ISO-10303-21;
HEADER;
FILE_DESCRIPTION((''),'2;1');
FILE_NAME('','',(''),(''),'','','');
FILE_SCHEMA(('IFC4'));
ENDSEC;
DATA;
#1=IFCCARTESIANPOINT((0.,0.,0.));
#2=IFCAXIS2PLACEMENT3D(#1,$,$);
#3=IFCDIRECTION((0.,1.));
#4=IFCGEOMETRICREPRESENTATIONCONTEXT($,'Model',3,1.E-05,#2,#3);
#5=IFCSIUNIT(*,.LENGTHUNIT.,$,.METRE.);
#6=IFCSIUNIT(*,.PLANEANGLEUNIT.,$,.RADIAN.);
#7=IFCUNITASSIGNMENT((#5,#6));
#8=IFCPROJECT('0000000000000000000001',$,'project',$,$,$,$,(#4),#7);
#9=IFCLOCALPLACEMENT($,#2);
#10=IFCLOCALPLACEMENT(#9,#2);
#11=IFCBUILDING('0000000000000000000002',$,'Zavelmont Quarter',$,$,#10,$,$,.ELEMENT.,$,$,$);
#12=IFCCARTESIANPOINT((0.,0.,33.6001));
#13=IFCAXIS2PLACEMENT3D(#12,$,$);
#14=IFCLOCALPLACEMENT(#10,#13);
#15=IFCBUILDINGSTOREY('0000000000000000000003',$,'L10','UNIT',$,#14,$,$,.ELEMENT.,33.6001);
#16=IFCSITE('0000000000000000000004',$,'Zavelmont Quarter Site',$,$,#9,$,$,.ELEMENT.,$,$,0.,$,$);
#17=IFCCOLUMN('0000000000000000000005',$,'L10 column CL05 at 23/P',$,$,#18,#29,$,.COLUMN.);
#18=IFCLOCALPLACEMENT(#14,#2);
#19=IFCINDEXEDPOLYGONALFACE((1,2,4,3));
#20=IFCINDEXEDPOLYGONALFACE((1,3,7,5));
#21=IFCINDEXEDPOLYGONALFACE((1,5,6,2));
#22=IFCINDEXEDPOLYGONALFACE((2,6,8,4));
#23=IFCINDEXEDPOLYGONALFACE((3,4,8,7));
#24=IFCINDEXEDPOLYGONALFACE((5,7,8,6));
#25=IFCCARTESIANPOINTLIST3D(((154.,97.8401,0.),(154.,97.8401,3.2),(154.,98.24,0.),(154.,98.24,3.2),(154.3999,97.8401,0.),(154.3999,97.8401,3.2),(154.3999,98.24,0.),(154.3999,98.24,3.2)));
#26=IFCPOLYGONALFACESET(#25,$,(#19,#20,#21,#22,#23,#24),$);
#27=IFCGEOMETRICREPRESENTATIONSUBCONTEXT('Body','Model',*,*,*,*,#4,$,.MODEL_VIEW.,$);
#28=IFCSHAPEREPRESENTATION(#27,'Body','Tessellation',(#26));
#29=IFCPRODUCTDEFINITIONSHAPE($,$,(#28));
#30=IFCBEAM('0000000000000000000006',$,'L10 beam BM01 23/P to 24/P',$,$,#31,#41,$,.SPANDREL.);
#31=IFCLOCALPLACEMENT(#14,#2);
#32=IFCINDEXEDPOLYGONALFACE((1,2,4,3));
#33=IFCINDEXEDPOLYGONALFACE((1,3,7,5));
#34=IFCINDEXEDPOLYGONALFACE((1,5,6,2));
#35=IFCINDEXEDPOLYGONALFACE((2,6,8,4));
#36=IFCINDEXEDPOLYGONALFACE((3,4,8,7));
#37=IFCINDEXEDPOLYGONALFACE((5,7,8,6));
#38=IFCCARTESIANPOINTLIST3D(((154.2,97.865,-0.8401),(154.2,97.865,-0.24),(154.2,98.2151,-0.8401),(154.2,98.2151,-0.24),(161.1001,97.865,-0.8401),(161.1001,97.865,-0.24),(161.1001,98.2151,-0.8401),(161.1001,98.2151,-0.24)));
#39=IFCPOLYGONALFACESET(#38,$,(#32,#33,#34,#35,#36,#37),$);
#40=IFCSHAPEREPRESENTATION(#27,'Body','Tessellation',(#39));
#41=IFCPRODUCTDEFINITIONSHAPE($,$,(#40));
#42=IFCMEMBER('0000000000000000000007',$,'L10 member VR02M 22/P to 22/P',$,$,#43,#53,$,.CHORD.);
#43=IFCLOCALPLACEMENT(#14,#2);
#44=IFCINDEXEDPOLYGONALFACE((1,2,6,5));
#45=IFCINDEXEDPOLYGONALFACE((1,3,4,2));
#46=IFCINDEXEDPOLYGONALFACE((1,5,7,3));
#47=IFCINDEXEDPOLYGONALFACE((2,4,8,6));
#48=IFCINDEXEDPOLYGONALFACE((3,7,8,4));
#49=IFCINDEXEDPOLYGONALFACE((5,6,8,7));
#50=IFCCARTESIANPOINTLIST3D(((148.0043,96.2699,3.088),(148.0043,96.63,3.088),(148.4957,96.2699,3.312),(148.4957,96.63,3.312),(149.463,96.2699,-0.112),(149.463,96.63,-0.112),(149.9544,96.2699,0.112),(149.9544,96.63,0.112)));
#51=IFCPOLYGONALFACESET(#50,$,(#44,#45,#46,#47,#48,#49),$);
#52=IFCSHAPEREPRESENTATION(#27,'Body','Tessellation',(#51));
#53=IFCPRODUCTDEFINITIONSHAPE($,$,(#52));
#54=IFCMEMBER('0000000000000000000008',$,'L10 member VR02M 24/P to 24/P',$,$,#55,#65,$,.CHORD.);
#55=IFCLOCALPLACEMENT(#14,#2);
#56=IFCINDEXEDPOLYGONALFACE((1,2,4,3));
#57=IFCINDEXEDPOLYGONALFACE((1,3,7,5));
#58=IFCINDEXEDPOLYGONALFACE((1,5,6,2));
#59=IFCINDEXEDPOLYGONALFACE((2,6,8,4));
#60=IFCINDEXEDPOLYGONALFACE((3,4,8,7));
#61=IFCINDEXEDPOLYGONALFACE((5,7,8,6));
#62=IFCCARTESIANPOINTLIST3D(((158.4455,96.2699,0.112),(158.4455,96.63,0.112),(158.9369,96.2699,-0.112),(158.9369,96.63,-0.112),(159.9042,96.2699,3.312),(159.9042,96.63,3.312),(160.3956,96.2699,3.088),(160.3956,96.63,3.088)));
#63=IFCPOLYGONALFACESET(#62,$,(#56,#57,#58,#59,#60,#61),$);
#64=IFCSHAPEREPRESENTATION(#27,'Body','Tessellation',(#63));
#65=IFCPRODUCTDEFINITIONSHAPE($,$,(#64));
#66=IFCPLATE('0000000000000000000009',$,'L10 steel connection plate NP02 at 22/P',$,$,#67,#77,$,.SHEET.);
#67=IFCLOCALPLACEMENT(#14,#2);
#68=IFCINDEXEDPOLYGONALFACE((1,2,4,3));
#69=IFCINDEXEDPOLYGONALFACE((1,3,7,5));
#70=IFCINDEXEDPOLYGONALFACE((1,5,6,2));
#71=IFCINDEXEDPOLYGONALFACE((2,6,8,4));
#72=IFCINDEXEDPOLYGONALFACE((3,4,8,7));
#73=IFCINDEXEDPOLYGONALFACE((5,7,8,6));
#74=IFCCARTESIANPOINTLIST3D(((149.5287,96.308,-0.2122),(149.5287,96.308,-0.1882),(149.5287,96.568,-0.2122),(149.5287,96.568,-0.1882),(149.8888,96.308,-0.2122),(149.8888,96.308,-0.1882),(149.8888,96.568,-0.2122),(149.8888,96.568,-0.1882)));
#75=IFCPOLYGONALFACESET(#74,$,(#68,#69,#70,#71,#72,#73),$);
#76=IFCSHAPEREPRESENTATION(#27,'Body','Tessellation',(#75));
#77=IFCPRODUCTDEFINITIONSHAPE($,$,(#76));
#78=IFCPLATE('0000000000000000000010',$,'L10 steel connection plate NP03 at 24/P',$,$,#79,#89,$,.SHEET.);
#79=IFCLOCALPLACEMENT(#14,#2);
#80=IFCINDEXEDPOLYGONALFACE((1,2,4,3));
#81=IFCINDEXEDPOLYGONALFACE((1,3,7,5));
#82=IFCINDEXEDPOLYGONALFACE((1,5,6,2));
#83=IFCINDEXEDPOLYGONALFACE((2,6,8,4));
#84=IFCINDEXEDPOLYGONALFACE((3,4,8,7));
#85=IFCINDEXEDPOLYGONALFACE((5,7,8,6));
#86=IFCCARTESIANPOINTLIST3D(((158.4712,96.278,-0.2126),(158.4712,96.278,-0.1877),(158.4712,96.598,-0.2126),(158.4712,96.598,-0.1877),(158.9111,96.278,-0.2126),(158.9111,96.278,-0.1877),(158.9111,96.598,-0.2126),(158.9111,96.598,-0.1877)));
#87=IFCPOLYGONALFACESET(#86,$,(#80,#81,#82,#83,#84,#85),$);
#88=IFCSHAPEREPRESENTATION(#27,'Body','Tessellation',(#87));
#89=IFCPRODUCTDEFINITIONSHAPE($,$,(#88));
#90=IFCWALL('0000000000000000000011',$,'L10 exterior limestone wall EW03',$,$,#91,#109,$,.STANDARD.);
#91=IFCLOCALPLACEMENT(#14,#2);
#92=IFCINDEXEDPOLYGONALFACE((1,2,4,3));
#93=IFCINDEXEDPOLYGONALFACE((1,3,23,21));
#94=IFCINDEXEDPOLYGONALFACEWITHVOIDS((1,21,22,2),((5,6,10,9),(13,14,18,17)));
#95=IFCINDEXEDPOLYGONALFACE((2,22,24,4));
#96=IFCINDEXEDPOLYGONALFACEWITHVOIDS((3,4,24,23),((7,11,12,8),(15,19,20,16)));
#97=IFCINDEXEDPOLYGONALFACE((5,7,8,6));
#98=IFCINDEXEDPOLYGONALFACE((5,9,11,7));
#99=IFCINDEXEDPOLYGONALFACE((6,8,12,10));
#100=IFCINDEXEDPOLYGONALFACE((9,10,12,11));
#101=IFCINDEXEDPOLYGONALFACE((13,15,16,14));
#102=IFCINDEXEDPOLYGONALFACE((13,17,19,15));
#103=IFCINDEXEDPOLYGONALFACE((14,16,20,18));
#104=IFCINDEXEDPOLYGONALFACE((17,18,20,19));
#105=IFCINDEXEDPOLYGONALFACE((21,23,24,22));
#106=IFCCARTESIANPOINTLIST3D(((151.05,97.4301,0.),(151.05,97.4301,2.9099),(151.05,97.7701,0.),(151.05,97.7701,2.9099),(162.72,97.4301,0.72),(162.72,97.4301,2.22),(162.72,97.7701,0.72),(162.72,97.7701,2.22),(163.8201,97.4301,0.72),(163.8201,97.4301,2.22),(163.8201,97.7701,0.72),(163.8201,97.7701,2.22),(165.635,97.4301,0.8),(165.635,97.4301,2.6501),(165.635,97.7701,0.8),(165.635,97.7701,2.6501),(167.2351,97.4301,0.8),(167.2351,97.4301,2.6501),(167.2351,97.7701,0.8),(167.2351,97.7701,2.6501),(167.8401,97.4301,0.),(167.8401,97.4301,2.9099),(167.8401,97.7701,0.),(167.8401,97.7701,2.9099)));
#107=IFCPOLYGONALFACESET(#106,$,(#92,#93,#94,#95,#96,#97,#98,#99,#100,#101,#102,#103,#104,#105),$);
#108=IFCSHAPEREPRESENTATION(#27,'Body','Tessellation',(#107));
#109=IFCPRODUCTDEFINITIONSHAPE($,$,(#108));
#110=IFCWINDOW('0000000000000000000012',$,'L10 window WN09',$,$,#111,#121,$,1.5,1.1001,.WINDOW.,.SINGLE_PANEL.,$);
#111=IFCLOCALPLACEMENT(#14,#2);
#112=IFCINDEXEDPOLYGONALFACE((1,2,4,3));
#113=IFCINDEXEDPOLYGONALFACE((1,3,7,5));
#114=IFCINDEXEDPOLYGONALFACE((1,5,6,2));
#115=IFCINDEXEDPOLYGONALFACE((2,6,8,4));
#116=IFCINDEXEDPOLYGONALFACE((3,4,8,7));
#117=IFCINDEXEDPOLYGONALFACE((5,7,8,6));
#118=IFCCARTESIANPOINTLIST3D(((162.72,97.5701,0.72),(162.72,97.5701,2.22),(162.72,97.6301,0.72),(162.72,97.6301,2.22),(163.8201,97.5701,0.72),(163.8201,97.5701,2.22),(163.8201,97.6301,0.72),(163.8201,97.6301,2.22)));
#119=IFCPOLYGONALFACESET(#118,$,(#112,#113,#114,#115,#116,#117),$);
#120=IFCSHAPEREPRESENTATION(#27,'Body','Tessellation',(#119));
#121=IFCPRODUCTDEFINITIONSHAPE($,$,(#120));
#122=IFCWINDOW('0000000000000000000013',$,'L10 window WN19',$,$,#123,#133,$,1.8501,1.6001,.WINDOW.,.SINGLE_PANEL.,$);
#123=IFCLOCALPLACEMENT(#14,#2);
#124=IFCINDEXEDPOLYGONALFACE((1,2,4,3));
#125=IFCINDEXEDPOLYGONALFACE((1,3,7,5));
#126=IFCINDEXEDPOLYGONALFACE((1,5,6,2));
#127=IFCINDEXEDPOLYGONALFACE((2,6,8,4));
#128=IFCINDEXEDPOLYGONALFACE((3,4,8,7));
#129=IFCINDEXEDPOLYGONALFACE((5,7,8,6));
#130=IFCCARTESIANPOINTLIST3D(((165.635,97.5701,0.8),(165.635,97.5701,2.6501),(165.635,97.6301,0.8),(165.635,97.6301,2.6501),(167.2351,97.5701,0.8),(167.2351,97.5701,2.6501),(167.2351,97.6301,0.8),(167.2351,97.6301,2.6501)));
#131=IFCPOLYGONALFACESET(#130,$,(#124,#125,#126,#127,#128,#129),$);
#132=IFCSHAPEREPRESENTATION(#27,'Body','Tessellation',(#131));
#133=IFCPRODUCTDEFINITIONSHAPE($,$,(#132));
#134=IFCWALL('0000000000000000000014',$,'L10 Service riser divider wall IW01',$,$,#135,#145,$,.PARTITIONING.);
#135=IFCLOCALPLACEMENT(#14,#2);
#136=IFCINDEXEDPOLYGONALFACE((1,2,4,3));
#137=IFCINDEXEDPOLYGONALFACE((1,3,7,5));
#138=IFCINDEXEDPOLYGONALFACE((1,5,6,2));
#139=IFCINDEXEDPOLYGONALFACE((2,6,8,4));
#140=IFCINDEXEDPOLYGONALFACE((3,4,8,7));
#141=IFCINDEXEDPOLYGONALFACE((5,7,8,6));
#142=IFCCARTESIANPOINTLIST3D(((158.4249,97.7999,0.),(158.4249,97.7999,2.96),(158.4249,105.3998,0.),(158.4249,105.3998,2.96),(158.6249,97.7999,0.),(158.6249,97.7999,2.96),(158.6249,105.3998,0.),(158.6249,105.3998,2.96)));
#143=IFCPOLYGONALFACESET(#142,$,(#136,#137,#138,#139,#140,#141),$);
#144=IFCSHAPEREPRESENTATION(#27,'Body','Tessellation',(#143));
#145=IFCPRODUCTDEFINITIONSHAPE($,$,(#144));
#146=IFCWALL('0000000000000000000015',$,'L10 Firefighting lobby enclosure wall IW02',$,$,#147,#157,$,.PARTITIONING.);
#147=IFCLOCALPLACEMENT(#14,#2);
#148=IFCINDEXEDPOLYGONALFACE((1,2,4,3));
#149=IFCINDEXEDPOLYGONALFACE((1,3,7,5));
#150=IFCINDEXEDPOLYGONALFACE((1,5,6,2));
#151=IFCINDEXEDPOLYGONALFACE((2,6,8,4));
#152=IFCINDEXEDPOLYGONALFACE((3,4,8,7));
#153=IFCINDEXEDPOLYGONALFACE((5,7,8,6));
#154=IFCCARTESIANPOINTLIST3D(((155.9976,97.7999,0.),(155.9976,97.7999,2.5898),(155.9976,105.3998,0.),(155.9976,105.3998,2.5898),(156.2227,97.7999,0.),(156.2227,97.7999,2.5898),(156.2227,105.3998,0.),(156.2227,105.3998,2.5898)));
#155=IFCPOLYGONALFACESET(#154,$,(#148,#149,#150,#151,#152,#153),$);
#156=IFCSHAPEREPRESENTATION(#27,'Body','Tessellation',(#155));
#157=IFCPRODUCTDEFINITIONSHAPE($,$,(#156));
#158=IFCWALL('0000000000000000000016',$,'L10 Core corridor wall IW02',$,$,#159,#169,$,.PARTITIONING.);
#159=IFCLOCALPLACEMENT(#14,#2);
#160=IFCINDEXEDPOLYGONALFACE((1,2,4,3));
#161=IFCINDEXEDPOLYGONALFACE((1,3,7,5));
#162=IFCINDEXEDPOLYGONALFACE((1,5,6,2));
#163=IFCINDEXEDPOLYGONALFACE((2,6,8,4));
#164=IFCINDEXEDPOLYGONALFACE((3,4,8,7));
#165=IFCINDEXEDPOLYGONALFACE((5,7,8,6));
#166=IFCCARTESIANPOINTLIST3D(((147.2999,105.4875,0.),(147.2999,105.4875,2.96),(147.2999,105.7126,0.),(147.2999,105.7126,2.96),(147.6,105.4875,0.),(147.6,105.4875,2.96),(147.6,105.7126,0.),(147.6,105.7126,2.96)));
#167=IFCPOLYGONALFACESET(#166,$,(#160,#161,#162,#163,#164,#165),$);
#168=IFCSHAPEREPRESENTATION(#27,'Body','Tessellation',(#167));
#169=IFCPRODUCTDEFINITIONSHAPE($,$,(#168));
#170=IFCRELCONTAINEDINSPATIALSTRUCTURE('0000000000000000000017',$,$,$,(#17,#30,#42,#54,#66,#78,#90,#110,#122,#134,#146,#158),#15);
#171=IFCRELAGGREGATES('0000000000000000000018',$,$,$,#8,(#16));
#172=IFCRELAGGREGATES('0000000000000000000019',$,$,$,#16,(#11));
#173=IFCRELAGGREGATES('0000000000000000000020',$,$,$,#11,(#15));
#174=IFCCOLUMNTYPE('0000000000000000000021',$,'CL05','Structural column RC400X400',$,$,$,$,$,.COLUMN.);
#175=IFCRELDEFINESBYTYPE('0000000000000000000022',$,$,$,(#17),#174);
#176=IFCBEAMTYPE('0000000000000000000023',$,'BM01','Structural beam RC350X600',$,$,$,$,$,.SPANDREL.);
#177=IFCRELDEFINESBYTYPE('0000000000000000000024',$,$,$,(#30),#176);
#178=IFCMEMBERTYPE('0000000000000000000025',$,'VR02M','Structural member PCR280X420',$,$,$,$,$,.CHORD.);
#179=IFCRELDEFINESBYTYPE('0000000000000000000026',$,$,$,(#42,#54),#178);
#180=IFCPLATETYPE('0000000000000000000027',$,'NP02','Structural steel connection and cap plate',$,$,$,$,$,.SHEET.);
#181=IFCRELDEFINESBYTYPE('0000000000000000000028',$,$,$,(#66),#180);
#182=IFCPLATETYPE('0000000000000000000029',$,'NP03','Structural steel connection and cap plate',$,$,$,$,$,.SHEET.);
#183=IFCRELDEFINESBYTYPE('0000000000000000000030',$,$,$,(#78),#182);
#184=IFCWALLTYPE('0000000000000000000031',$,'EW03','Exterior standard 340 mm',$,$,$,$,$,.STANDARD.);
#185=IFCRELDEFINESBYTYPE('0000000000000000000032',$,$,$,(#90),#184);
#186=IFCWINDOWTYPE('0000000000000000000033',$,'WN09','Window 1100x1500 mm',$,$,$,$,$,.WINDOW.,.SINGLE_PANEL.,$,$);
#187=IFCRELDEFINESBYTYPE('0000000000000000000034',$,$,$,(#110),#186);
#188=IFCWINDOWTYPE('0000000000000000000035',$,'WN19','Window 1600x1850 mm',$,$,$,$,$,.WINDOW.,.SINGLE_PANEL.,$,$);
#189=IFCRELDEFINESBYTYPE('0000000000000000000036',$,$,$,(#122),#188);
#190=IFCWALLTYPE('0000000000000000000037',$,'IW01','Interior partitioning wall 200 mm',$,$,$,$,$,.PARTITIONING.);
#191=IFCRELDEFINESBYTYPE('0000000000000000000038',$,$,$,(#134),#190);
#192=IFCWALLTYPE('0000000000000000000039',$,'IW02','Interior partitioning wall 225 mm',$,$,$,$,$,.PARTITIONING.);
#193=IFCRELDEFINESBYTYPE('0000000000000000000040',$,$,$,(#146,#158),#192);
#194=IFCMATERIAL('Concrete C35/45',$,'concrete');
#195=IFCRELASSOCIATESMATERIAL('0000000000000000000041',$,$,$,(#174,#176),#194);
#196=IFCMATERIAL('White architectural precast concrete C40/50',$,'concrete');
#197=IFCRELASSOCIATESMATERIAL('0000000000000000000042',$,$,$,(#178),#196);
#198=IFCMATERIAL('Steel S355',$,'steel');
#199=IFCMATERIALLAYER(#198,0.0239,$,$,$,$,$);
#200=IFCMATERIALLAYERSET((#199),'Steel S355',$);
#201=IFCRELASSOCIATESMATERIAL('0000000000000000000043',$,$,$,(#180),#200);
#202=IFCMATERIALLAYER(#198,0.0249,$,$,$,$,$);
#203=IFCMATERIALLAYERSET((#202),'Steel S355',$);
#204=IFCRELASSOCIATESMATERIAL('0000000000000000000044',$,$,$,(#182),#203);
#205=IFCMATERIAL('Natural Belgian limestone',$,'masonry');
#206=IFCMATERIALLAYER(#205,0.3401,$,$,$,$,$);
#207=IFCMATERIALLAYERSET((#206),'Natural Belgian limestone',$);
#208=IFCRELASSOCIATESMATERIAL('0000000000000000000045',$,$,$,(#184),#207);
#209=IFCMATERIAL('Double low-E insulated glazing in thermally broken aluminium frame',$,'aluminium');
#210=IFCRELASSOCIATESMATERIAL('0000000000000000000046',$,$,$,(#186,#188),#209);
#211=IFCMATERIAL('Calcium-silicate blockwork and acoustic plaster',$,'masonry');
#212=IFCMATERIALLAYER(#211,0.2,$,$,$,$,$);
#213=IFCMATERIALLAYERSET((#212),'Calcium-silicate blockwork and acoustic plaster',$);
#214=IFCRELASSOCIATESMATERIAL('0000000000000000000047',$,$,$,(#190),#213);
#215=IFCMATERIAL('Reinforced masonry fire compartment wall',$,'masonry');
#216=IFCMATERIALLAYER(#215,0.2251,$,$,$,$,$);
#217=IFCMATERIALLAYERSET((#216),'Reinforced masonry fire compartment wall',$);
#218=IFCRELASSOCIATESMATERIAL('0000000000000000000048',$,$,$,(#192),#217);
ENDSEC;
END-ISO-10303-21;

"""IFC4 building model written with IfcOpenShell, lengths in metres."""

from ifc_helpers import new_model, si_unit, direction, frame, frame_2d, origin, origin_with_axes, origin_2d, place, context, subcontext, project, spatial, rectangle, extrude, material, layer, layer_set, material_profile, profile_set, type_object, element, fill, save


model = new_model("IFC4")

# Units and contexts
model_context = context("Model", 3, precision=1e-05, world=origin(), true_north=direction((0.0, 1.0)))
body_context = subcontext(model_context, "Body", "Model", "MODEL_VIEW")
ifc_project = project(units=[si_unit("LENGTHUNIT", "METRE"), si_unit("PLANEANGLEUNIT", "RADIAN")], contexts=[model_context])

# Site, building, storey
site_placement = place(None, origin())
site = spatial("IfcSite", under=ifc_project, at=site_placement, Name="Zavelmont Quarter Site", CompositionType="ELEMENT", RefElevation=0.0)
building_placement = place(site_placement, origin())
building = spatial("IfcBuilding", under=site, at=building_placement, Name="Zavelmont Quarter", CompositionType="ELEMENT")
storey_placement = place(building_placement, frame((0.0, 0.0, 33.6001)))
storey = spatial("IfcBuildingStorey", under=building, at=storey_placement, Name="L10", Description="UNIT", CompositionType="ELEMENT", Elevation=33.6001)

# Column
ifc_material_1 = material(Name="Concrete C35/45", Category="concrete")
ifc_material_profile_1 = material_profile(ifc_material_1, rectangle(XDim=0.3999, YDim=0.3999, at=origin_2d()), Name="RC400X400")
ifc_profile_set_1 = profile_set([ifc_material_profile_1], Name="Concrete C35/45")
column_type = type_object("IfcColumnType", Name="CL05", Description="Structural column RC400X400", PredefinedType="COLUMN", material=ifc_profile_set_1)
column_placement = place(storey_placement, frame((154.2, 98.04, 0.0), z_axis=(0.0, 0.0, 1.0), x_axis=(1.0, 0.0, 0.0)))
element("IfcColumn", 1, at=column_placement, inside=storey, type_object=column_type, Name="L10 column CL05 at 23/P", PredefinedType="COLUMN", context=body_context, shape_type="SweptSolid", body=[
    extrude(rectangle(XDim=0.3999, YDim=0.3999, at=origin_2d()), origin(), (0.0, 0.0, 1.0), 3.2),
])

# Beam
ifc_material_profile_2 = material_profile(ifc_material_1, rectangle(XDim=0.3501, YDim=0.6001, at=origin_2d()), Name="RC350X600")
ifc_profile_set_2 = profile_set([ifc_material_profile_2], Name="Concrete C35/45")
beam_type = type_object("IfcBeamType", Name="BM01", Description="Structural beam RC350X600", PredefinedType="SPANDREL", material=ifc_profile_set_2)
beam_placement = place(storey_placement, frame((154.2, 98.04, -0.54), z_axis=(1.0, 0.0, 0.0), x_axis=(0.0, 1.0, 0.0)))
element("IfcBeam", 2, at=beam_placement, inside=storey, type_object=beam_type, Name="L10 beam BM01 23/P to 24/P", PredefinedType="SPANDREL", context=body_context, shape_type="SweptSolid", body=[
    extrude(rectangle(XDim=0.3501, YDim=0.6001, at=origin_2d()), origin(), (0.0, 0.0, 1.0), 6.9001),
])

# Members
ifc_material_2 = material(Name="White architectural precast concrete C40/50", Category="concrete")
ifc_material_profile_3 = material_profile(ifc_material_2, rectangle(XDim=0.3601, YDim=0.54, at=origin_2d()), Name="PCR280X420")
ifc_profile_set_3 = profile_set([ifc_material_profile_3], Name="White architectural precast concrete C40/50")
member_type = type_object("IfcMemberType", Name="VR02M", Description="Structural member PCR280X420", PredefinedType="CHORD", material=ifc_profile_set_3)
for number, where, z_axis, x_axis, name in (
    (3, (149.7087, 96.45, 0.0), (-0.414796, 0.0, 0.909914), (0.0, -1.0, 0.0), "L10 member VR02M 22/P to 22/P"),
    (4, (158.6912, 96.45, 0.0), (0.414796, 0.0, 0.909914), (0.0, 1.0, 0.0), "L10 member VR02M 24/P to 24/P"),
):
    element("IfcMember", number, at=place(storey_placement, frame(where, z_axis=z_axis, x_axis=x_axis)), inside=storey, type_object=member_type, Name=name, PredefinedType="CHORD", context=body_context, shape_type="SweptSolid", body=[
        extrude(rectangle(XDim=0.3601, YDim=0.54, at=origin_2d()), origin(), (0.0, 0.0, 1.0), 3.5168),
    ])

# Plates
ifc_material_3 = material(Name="Steel S355", Category="steel")
ifc_layer_1 = layer(ifc_material_3, 0.0239)
ifc_layer_set_1 = layer_set([ifc_layer_1], Name="Steel S355")
plate_type_1 = type_object("IfcPlateType", Name="NP02", Description="Structural steel connection and cap plate", PredefinedType="SHEET", material=ifc_layer_set_1)
plate_1_placement = place(storey_placement, frame((149.7087, 96.438, -0.2122), z_axis=(0.0, 0.0, 1.0), x_axis=(1.0, 0.0, 0.0)))
element("IfcPlate", 5, at=plate_1_placement, inside=storey, type_object=plate_type_1, Name="L10 steel connection plate NP02 at 22/P", PredefinedType="SHEET", context=body_context, shape_type="SweptSolid", body=[
    extrude(rectangle(XDim=0.3601, YDim=0.26, at=origin_2d()), origin(), (0.0, 0.0, 1.0), 0.0239),
])
ifc_layer_2 = layer(ifc_material_3, 0.0249)
ifc_layer_set_2 = layer_set([ifc_layer_2], Name="Steel S355")
plate_type_2 = type_object("IfcPlateType", Name="NP03", Description="Structural steel connection and cap plate", PredefinedType="SHEET", material=ifc_layer_set_2)
plate_2_placement = place(storey_placement, frame((158.6912, 96.438, -0.2126), z_axis=(0.0, 0.0, 1.0), x_axis=(1.0, 0.0, 0.0)))
element("IfcPlate", 6, at=plate_2_placement, inside=storey, type_object=plate_type_2, Name="L10 steel connection plate NP03 at 24/P", PredefinedType="SHEET", context=body_context, shape_type="SweptSolid", body=[
    extrude(rectangle(XDim=0.4399, YDim=0.3201, at=origin_2d()), origin(), (0.0, 0.0, 1.0), 0.0249),
])

# Wall, openings, windows
ifc_material_4 = material(Name="Natural Belgian limestone", Category="masonry")
ifc_layer_3 = layer(ifc_material_4, 0.3401)
ifc_layer_set_3 = layer_set([ifc_layer_3], Name="Natural Belgian limestone")
wall_type_1 = type_object("IfcWallType", Name="EW03", Description="Exterior standard 340 mm", PredefinedType="STANDARD", material=ifc_layer_set_3)
wall_1_placement = place(storey_placement, frame((151.05, 97.6001, 0.0), z_axis=(0.0, 0.0, 1.0), x_axis=(1.0, 0.0, 0.0)))
wall_1 = element("IfcWall", 7, at=wall_1_placement, inside=storey, type_object=wall_type_1, Name="L10 exterior limestone wall EW03", PredefinedType="STANDARD", context=body_context, shape_type="SweptSolid", body=[
    extrude(rectangle(XDim=16.79, YDim=0.3401, at=frame_2d((8.395, 0.0))), origin(), (0.0, 0.0, 1.0), 2.9099),
])
opening_1_placement = place(wall_1_placement, frame((11.6699, 0.0, 0.72)))
opening_1 = element("IfcOpeningElement", 8, at=opening_1_placement, cuts=wall_1, PredefinedType="OPENING", context=body_context, shape_type="SweptSolid", body=[
    extrude(rectangle(XDim=1.1001, YDim=1.5, at=frame_2d((0.55, 0.75))), frame((0.0, 0.1821, 0.0), z_axis=(0.0, -1.0, 0.0), x_axis=(1.0, 0.0, 0.0)), (0.0, 0.0, 1.0), 0.364),
])
opening_2_placement = place(wall_1_placement, frame((14.585, 0.0, 0.8)))
opening_2 = element("IfcOpeningElement", 9, at=opening_2_placement, cuts=wall_1, PredefinedType="OPENING", context=body_context, shape_type="SweptSolid", body=[
    extrude(rectangle(XDim=1.6001, YDim=1.8501, at=frame_2d((0.8, 0.925))), frame((0.0, 0.1821, 0.0), z_axis=(0.0, -1.0, 0.0), x_axis=(1.0, 0.0, 0.0)), (0.0, 0.0, 1.0), 0.364),
])
ifc_material_5 = material(Name="Double low-E insulated glazing in thermally broken aluminium frame", Category="aluminium")
window_type_1 = type_object("IfcWindowType", Name="WN09", Description="Window 1100x1500 mm", PartitioningType="SINGLE_PANEL", PredefinedType="WINDOW", material=ifc_material_5)
window_1_placement = place(opening_1_placement, origin_with_axes())
window_1 = element("IfcWindow", 10, at=window_1_placement, inside=storey, type_object=window_type_1, Name="L10 window WN09", OverallHeight=1.5, OverallWidth=1.1001, PartitioningType="SINGLE_PANEL", PredefinedType="WINDOW", context=body_context, shape_type="SweptSolid", body=[
    extrude(rectangle(XDim=1.1001, YDim=1.5, at=frame_2d((0.55, 0.75))), frame((0.0, 0.03, 0.0), z_axis=(0.0, -1.0, 0.0), x_axis=(1.0, 0.0, 0.0)), (0.0, 0.0, 1.0), 0.0601),
])
fill(opening_1, window_1)
window_type_2 = type_object("IfcWindowType", Name="WN19", Description="Window 1600x1850 mm", PartitioningType="SINGLE_PANEL", PredefinedType="WINDOW", material=ifc_material_5)
window_2_placement = place(opening_2_placement, origin_with_axes())
window_2 = element("IfcWindow", 11, at=window_2_placement, inside=storey, type_object=window_type_2, Name="L10 window WN19", OverallHeight=1.8501, OverallWidth=1.6001, PartitioningType="SINGLE_PANEL", PredefinedType="WINDOW", context=body_context, shape_type="SweptSolid", body=[
    extrude(rectangle(XDim=1.6001, YDim=1.8501, at=frame_2d((0.8, 0.925))), frame((0.0, 0.03, 0.0), z_axis=(0.0, -1.0, 0.0), x_axis=(1.0, 0.0, 0.0)), (0.0, 0.0, 1.0), 0.0601),
])
fill(opening_2, window_2)

# Walls
ifc_material_6 = material(Name="Calcium-silicate blockwork and acoustic plaster", Category="masonry")
ifc_layer_4 = layer(ifc_material_6, 0.2)
ifc_layer_set_4 = layer_set([ifc_layer_4], Name="Calcium-silicate blockwork and acoustic plaster")
wall_type_2 = type_object("IfcWallType", Name="IW01", Description="Interior partitioning wall 200 mm", PredefinedType="PARTITIONING", material=ifc_layer_set_4)
wall_2_placement = place(storey_placement, frame((158.5249, 97.8, 0.0), z_axis=(0.0, 0.0, 1.0), x_axis=(0.0, 1.0, 0.0)))
element("IfcWall", 12, at=wall_2_placement, inside=storey, type_object=wall_type_2, Name="L10 Service riser divider wall IW01", PredefinedType="PARTITIONING", context=body_context, shape_type="SweptSolid", body=[
    extrude(rectangle(XDim=7.5999, YDim=0.2, at=frame_2d((3.7998, 0.0))), origin(), (0.0, 0.0, 1.0), 2.96),
])
ifc_material_7 = material(Name="Reinforced masonry fire compartment wall", Category="masonry")
ifc_layer_5 = layer(ifc_material_7, 0.2251)
ifc_layer_set_5 = layer_set([ifc_layer_5], Name="Reinforced masonry fire compartment wall")
wall_type_3 = type_object("IfcWallType", Name="IW02", Description="Interior partitioning wall 225 mm", PredefinedType="PARTITIONING", material=ifc_layer_set_5)
wall_3_placement = place(storey_placement, frame((156.1101, 97.8, 0.0), z_axis=(0.0, 0.0, 1.0), x_axis=(0.0, 1.0, 0.0)))
element("IfcWall", 13, at=wall_3_placement, inside=storey, type_object=wall_type_3, Name="L10 Firefighting lobby enclosure wall IW02", PredefinedType="PARTITIONING", context=body_context, shape_type="SweptSolid", body=[
    extrude(rectangle(XDim=7.5999, YDim=0.2251, at=frame_2d((3.7998, 0.0))), origin(), (0.0, 0.0, 1.0), 2.5898),
])

# Wall
wall_4_placement = place(storey_placement, frame((147.3, 105.6001, 0.0), z_axis=(0.0, 0.0, 1.0), x_axis=(1.0, 0.0, 0.0)))
element("IfcWall", 14, at=wall_4_placement, inside=storey, type_object=wall_type_3, Name="L10 Core corridor wall IW02", PredefinedType="PARTITIONING", context=body_context, shape_type="SweptSolid", body=[
    extrude(rectangle(XDim=0.3, YDim=0.2251, at=frame_2d((0.1499, 0.0))), origin(), (0.0, 0.0, 1.0), 2.96),
])

save(model, "model.ifc")
